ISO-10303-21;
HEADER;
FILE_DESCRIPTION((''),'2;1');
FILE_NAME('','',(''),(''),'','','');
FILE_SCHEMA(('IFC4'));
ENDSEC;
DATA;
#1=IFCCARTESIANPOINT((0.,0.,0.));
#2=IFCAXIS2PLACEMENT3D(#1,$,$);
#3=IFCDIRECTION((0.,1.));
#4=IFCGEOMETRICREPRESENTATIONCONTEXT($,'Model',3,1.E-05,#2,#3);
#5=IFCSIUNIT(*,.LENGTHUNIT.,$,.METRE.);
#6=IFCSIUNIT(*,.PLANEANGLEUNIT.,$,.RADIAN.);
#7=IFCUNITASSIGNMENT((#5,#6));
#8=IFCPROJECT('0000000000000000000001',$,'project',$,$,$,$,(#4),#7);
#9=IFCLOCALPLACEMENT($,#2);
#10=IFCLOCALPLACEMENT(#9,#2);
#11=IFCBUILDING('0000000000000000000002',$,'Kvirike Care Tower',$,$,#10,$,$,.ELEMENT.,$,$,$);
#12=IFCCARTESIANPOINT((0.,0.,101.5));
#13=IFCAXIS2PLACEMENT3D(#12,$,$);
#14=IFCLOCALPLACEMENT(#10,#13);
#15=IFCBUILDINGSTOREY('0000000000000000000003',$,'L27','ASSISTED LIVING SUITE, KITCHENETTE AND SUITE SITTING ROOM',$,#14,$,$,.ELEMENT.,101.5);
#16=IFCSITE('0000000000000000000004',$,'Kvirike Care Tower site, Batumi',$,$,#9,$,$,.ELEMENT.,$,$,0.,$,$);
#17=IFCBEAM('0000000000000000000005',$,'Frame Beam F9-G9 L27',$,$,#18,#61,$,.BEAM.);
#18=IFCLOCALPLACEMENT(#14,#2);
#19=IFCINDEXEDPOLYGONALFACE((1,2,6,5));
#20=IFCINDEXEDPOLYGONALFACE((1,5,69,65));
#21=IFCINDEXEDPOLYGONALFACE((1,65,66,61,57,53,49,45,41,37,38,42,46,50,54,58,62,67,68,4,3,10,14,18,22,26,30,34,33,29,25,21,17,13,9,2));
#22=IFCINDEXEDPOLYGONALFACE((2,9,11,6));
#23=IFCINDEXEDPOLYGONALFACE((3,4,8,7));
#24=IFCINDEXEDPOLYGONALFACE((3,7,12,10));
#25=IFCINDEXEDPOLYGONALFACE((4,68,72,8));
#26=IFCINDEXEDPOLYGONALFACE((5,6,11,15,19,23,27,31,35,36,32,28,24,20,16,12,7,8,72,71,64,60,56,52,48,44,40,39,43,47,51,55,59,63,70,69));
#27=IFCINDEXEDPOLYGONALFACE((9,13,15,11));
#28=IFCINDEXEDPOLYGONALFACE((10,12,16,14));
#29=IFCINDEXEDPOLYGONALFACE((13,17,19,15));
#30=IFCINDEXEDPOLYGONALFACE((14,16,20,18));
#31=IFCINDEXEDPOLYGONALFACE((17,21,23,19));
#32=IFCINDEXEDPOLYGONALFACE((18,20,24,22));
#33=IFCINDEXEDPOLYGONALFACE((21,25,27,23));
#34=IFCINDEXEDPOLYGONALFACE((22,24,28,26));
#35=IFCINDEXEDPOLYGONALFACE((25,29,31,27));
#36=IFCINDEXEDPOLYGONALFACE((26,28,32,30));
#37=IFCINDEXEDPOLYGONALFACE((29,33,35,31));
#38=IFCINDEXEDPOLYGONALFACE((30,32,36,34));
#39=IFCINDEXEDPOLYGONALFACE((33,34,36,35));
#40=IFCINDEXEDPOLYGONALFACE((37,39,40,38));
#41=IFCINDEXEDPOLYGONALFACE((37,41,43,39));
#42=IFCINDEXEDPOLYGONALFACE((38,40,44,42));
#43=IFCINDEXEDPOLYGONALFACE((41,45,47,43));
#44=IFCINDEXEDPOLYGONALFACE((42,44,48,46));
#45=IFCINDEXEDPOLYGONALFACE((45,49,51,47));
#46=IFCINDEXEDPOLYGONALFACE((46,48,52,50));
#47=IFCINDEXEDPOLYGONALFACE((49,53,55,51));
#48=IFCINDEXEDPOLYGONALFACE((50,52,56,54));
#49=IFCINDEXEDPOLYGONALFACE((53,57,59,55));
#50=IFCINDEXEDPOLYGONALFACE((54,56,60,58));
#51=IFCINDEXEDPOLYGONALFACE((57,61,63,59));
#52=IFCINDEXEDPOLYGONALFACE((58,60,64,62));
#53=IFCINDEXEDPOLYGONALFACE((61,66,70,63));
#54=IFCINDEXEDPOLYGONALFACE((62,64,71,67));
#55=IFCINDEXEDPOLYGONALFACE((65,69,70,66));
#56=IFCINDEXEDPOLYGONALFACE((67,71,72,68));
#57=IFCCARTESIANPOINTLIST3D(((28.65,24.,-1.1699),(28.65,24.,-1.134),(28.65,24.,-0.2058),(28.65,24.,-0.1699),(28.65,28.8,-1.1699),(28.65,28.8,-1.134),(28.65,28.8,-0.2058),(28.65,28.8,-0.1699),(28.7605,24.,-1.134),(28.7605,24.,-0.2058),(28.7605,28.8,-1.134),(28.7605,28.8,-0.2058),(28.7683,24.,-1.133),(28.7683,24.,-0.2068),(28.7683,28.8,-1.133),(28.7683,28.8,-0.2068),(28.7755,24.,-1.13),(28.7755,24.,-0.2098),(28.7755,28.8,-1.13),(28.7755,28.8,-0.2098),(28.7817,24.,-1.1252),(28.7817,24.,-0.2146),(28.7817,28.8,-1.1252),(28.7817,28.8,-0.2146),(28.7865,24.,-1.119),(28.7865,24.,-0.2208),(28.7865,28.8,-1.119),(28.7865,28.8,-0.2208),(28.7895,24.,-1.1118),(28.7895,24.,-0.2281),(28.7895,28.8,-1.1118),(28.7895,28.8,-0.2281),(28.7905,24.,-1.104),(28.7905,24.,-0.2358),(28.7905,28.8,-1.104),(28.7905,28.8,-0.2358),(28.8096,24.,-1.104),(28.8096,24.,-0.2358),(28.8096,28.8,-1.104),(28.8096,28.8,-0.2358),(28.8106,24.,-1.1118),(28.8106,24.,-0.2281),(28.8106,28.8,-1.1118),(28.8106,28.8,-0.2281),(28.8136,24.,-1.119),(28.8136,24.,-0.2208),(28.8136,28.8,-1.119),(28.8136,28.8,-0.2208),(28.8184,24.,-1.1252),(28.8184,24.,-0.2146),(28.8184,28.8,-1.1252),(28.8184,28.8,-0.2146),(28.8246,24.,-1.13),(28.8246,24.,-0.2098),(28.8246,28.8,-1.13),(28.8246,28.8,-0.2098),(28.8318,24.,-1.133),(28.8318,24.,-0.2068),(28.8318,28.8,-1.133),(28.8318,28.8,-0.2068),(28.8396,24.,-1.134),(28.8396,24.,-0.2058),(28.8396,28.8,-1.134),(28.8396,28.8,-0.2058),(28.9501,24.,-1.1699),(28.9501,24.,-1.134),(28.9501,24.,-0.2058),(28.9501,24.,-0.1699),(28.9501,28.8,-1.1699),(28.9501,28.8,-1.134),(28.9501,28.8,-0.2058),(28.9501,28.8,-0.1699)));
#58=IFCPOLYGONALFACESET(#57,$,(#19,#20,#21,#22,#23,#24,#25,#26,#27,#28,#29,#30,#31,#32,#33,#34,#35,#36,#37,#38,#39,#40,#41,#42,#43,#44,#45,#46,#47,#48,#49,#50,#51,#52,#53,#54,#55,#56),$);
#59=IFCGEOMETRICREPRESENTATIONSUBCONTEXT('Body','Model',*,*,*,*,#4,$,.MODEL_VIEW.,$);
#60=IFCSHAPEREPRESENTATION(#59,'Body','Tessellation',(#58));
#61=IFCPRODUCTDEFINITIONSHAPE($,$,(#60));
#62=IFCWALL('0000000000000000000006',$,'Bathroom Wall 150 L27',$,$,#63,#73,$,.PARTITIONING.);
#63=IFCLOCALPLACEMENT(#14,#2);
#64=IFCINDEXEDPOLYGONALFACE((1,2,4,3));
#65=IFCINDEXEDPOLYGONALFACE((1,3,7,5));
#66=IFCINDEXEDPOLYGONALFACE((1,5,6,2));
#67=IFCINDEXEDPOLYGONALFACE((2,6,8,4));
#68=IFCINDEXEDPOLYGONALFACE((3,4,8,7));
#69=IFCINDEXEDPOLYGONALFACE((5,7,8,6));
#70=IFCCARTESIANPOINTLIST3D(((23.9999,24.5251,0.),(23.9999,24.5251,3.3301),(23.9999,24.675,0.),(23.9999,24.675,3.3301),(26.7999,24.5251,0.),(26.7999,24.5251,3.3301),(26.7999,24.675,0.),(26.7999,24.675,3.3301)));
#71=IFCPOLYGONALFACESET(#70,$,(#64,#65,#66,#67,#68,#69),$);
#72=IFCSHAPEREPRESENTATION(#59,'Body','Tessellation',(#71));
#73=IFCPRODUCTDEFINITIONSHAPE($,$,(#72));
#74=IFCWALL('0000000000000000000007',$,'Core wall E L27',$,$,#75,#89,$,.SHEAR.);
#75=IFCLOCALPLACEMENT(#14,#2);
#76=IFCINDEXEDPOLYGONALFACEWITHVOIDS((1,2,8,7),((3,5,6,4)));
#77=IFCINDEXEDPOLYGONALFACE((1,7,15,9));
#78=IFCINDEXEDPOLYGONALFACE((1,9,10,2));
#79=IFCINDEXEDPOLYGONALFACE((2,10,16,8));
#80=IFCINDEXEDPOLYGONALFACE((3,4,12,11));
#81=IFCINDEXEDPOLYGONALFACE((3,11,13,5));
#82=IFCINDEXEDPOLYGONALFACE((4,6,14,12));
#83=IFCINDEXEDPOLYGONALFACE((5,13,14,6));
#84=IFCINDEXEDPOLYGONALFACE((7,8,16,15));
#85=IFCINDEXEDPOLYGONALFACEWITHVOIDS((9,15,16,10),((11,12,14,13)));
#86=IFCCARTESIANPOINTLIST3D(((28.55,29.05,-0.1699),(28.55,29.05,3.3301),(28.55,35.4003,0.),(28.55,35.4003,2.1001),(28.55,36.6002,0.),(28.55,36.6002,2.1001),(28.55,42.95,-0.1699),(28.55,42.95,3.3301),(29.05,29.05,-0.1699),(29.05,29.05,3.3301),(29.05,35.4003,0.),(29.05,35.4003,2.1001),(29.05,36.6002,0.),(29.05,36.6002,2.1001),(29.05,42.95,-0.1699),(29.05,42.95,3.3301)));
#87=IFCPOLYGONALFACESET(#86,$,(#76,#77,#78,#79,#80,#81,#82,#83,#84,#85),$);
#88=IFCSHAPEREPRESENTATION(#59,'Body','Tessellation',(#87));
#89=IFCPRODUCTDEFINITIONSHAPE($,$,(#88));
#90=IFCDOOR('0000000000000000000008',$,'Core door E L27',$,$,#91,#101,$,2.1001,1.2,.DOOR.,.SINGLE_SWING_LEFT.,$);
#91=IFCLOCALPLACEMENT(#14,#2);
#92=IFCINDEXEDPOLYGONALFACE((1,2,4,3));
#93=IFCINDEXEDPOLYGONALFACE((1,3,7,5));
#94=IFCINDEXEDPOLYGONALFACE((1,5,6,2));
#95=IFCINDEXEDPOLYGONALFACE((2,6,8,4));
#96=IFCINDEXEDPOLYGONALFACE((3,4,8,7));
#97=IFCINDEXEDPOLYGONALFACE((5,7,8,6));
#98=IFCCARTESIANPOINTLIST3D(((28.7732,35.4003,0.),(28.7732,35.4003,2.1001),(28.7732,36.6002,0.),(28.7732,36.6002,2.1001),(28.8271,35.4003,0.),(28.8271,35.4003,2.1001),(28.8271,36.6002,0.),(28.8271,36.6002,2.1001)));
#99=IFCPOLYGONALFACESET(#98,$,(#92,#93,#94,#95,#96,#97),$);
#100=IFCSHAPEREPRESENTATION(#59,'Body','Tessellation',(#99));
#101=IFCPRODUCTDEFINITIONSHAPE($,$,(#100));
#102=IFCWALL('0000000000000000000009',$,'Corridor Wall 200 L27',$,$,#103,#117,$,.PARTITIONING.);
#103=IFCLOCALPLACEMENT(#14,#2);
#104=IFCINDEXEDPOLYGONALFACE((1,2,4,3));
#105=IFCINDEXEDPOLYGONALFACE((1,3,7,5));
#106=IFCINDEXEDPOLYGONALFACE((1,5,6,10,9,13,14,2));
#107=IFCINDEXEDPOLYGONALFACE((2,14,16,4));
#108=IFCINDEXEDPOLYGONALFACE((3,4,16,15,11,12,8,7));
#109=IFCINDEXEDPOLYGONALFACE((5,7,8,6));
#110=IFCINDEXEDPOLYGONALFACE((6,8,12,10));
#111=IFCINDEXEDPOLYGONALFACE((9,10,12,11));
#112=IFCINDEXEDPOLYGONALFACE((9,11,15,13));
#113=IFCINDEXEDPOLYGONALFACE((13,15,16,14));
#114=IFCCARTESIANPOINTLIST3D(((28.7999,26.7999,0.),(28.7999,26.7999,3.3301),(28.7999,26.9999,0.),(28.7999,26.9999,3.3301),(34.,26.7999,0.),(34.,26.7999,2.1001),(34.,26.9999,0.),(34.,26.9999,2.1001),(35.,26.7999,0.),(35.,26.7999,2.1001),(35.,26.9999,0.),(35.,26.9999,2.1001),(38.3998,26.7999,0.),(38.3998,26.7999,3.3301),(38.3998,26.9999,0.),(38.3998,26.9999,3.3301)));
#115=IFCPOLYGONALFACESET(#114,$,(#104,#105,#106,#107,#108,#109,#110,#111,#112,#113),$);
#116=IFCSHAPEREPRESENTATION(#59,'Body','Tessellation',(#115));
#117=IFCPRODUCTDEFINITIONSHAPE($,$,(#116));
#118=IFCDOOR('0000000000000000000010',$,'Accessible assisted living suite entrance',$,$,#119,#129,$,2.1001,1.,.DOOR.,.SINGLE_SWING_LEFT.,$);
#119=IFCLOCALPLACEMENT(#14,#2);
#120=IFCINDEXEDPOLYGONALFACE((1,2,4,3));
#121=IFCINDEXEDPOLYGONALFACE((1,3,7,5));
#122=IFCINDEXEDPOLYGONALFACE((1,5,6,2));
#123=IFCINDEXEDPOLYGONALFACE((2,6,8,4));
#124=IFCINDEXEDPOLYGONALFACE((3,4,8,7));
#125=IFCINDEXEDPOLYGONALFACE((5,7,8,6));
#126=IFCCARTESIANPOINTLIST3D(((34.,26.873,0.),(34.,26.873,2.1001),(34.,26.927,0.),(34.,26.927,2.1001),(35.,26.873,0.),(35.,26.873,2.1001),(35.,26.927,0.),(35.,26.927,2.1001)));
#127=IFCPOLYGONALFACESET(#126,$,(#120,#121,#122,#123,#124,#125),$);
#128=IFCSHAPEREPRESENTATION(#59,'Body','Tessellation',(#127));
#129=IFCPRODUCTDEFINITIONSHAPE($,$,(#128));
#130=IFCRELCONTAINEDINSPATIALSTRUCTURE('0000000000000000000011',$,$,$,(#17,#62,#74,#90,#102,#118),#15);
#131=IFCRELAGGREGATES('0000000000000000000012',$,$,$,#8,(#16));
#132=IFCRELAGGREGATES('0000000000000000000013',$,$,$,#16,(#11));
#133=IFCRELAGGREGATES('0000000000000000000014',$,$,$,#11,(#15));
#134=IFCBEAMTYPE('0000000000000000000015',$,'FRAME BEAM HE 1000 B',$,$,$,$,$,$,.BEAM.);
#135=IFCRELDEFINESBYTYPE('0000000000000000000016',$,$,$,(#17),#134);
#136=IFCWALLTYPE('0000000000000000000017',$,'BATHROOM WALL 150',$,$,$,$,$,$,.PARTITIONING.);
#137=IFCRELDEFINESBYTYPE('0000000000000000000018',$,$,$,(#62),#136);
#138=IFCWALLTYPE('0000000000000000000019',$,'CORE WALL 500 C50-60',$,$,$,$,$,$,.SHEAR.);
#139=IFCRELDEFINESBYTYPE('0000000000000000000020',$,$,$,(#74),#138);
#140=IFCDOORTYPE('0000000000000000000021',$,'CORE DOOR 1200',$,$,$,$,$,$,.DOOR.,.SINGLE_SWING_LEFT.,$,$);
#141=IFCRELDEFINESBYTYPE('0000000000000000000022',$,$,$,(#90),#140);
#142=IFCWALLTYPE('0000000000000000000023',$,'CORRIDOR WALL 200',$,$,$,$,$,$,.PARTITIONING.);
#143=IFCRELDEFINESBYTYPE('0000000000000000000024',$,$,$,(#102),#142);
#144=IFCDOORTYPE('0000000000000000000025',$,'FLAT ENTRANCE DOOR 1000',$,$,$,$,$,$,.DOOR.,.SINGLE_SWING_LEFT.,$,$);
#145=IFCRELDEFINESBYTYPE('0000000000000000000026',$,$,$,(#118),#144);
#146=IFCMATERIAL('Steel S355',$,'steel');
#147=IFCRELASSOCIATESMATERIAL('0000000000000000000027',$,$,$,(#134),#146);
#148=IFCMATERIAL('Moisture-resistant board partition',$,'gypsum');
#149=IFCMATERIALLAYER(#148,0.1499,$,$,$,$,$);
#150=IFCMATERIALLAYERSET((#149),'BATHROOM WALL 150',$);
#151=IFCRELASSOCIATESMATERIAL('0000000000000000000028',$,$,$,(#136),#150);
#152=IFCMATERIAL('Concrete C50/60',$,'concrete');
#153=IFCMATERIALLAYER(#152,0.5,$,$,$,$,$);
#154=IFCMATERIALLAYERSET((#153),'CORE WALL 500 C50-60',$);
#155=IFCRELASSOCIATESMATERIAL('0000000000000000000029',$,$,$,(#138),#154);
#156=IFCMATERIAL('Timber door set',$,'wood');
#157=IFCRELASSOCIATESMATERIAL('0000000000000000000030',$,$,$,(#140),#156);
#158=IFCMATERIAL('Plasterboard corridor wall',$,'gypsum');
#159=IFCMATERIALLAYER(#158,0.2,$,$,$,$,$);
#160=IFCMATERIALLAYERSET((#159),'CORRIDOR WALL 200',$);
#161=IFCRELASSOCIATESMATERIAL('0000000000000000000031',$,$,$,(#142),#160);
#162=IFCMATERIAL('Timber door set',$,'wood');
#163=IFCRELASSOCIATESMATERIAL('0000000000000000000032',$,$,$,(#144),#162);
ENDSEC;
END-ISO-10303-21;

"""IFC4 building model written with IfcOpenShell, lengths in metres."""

from ifc_helpers import new_model, si_unit, direction, frame, frame_2d, origin, origin_2d, place, context, subcontext, project, spatial, rectangle, i_section, extrude, material, layer, layer_set, material_profile, profile_set, type_object, element, fill, save


model = new_model("IFC4")

# Units and contexts
model_context = context("Model", 3, precision=1e-05, world=origin(), true_north=direction((0.0, 1.0)))
body_context = subcontext(model_context, "Body", "Model", "MODEL_VIEW")
ifc_project = project(units=[si_unit("LENGTHUNIT", "METRE"), si_unit("PLANEANGLEUNIT", "RADIAN")], contexts=[model_context])

# Site, building, storey
site_placement = place(None, origin())
site = spatial("IfcSite", under=ifc_project, at=site_placement, Name="Kvirike Care Tower site, Batumi", CompositionType="ELEMENT", RefElevation=0.0)
building_placement = place(site_placement, origin())
building = spatial("IfcBuilding", under=site, at=building_placement, Name="Kvirike Care Tower", CompositionType="ELEMENT")
storey_placement = place(building_placement, frame((0.0, 0.0, 101.5)))
storey = spatial("IfcBuildingStorey", under=building, at=storey_placement, Name="L27", Description="ASSISTED LIVING SUITE, KITCHENETTE AND SUITE SITTING ROOM", CompositionType="ELEMENT", Elevation=101.5)

# Beam
ifc_material_1 = material(Name="Steel S355", Category="steel")
ifc_material_profile_1 = material_profile(ifc_material_1, i_section(OverallWidth=0.3, OverallDepth=1.0, WebThickness=0.019, FlangeThickness=0.0359, FilletRadius=0.03, at=origin_2d()), Name="HE 1000 B")
ifc_profile_set_1 = profile_set([ifc_material_profile_1], Name="Steel S355")
beam_type_1 = type_object("IfcBeamType", Name="FRAME BEAM HE 1000 B", PredefinedType="BEAM", material=ifc_profile_set_1)
for number, where, z_axis, x_axis, name in (
    (1, (28.8, 24.0, -0.6699), (0.0, 1.0, 0.0), (-1.0, 0.0, 0.0), "Frame Beam F9-G9 L27"),
):
    element("IfcBeam", number, at=place(storey_placement, frame(where, z_axis=z_axis, x_axis=x_axis)), inside=storey, type_object=beam_type_1, Name=name, PredefinedType="BEAM", context=body_context, shape_type="SweptSolid", body=[
        extrude(i_section(OverallWidth=0.3, OverallDepth=1.0, WebThickness=0.019, FlangeThickness=0.0359, FilletRadius=0.03, at=origin_2d()), origin(), (0.0, 0.0, 1.0), 4.8),
    ])

# Wall
ifc_material_2 = material(Name="Moisture-resistant board partition", Category="gypsum")
ifc_layer_1 = layer(ifc_material_2, 0.1499)
ifc_layer_set_1 = layer_set([ifc_layer_1], Name="BATHROOM WALL 150")
wall_type_1 = type_object("IfcWallType", Name="BATHROOM WALL 150", PredefinedType="PARTITIONING", material=ifc_layer_set_1)
wall_1_placement = place(storey_placement, frame((24.0, 24.6001, 0.0), z_axis=(0.0, 0.0, 1.0), x_axis=(1.0, 0.0, 0.0)))
element("IfcWall", 2, at=wall_1_placement, inside=storey, type_object=wall_type_1, Name="Bathroom Wall 150 L27", PredefinedType="PARTITIONING", context=body_context, shape_type="SweptSolid", body=[
    extrude(rectangle(XDim=2.8, YDim=0.1499, at=frame_2d((1.3999, 0.0))), origin(), (0.0, 0.0, 1.0), 3.3301),
])

# Walls, openings, doors
ifc_material_3 = material(Name="Concrete C50/60", Category="concrete")
ifc_layer_2 = layer(ifc_material_3, 0.5)
ifc_layer_set_2 = layer_set([ifc_layer_2], Name="CORE WALL 500 C50-60")
wall_type_2 = type_object("IfcWallType", Name="CORE WALL 500 C50-60", PredefinedType="SHEAR", material=ifc_layer_set_2)
wall_2_placement = place(storey_placement, frame((28.8, 29.05, -0.1699), z_axis=(0.0, 0.0, 1.0), x_axis=(0.0, 1.0, 0.0)))
wall_2 = element("IfcWall", 3, at=wall_2_placement, inside=storey, type_object=wall_type_2, Name="Core wall E L27", PredefinedType="SHEAR", context=body_context, shape_type="SweptSolid", body=[
    extrude(rectangle(XDim=13.8999, YDim=0.5, at=frame_2d((6.95, 0.0))), origin(), (0.0, 0.0, 1.0), 3.5),
])
opening_1_placement = place(wall_2_placement, frame((6.3501, 0.0, 0.1699)))
opening_1 = element("IfcOpeningElement", 4, at=opening_1_placement, cuts=wall_2, PredefinedType="OPENING", context=body_context, shape_type="SweptSolid", body=[
    extrude(rectangle(XDim=1.2, YDim=2.1001, at=frame_2d((0.6001, 1.05))), frame((0.0, 0.2605, 0.0), z_axis=(0.0, -1.0, 0.0), x_axis=(1.0, 0.0, 0.0)), (0.0, 0.0, 1.0), 0.521),
])
ifc_material_4 = material(Name="Timber door set", Category="wood")
door_type_1 = type_object("IfcDoorType", Name="CORE DOOR 1200", OperationType="SINGLE_SWING_LEFT", PredefinedType="DOOR", material=ifc_material_4)
door_1_placement = place(opening_1_placement, origin())
door_1 = element("IfcDoor", 5, at=door_1_placement, inside=storey, type_object=door_type_1, Name="Core door E L27", OperationType="SINGLE_SWING_LEFT", OverallHeight=2.1001, OverallWidth=1.2, PredefinedType="DOOR", context=body_context, shape_type="SweptSolid", body=[
    extrude(rectangle(XDim=1.2, YDim=2.1001, at=frame_2d((0.6001, 1.05))), frame((0.0, 0.0269, 0.0), z_axis=(0.0, -1.0, 0.0), x_axis=(1.0, 0.0, 0.0)), (0.0, 0.0, 1.0), 0.054),
])
fill(opening_1, door_1)
ifc_material_5 = material(Name="Plasterboard corridor wall", Category="gypsum")
ifc_layer_3 = layer(ifc_material_5, 0.2)
ifc_layer_set_3 = layer_set([ifc_layer_3], Name="CORRIDOR WALL 200")
wall_type_3 = type_object("IfcWallType", Name="CORRIDOR WALL 200", PredefinedType="PARTITIONING", material=ifc_layer_set_3)
wall_3_placement = place(storey_placement, frame((28.8, 26.8999, 0.0), z_axis=(0.0, 0.0, 1.0), x_axis=(1.0, 0.0, 0.0)))
wall_3 = element("IfcWall", 6, at=wall_3_placement, inside=storey, type_object=wall_type_3, Name="Corridor Wall 200 L27", PredefinedType="PARTITIONING", context=body_context, shape_type="SweptSolid", body=[
    extrude(rectangle(XDim=9.5999, YDim=0.2, at=frame_2d((4.7998, 0.0))), origin(), (0.0, 0.0, 1.0), 3.3301),
])
opening_2_placement = place(wall_3_placement, frame((5.2, 0.0, 0.0)))
opening_2 = element("IfcOpeningElement", 7, at=opening_2_placement, cuts=wall_3, PredefinedType="OPENING", context=body_context, shape_type="SweptSolid", body=[
    extrude(rectangle(XDim=1.0, YDim=2.1001, at=frame_2d((0.5, 1.05))), frame((0.0, 0.1106, 0.0), z_axis=(0.0, -1.0, 0.0), x_axis=(1.0, 0.0, 0.0)), (0.0, 0.0, 1.0), 0.2209),
])
ifc_material_6 = material(Name="Timber door set", Category="wood")
door_type_2 = type_object("IfcDoorType", Name="FLAT ENTRANCE DOOR 1000", OperationType="SINGLE_SWING_LEFT", PredefinedType="DOOR", material=ifc_material_6)
door_2_placement = place(opening_2_placement, frame((1.0, 0.0, 0.0), z_axis=(0.0, 0.0, 1.0), x_axis=(-1.0, 0.0, 0.0)))
door_2 = element("IfcDoor", 8, at=door_2_placement, inside=storey, type_object=door_type_2, Name="Accessible assisted living suite entrance", OperationType="SINGLE_SWING_LEFT", OverallHeight=2.1001, OverallWidth=1.0, PredefinedType="DOOR", context=body_context, shape_type="SweptSolid", body=[
    extrude(rectangle(XDim=1.0, YDim=2.1001, at=frame_2d((0.5, 1.05))), frame((0.0, 0.0269, 0.0), z_axis=(0.0, -1.0, 0.0), x_axis=(1.0, 0.0, 0.0)), (0.0, 0.0, 1.0), 0.054),
])
fill(opening_2, door_2)

save(model, "model.ifc")
